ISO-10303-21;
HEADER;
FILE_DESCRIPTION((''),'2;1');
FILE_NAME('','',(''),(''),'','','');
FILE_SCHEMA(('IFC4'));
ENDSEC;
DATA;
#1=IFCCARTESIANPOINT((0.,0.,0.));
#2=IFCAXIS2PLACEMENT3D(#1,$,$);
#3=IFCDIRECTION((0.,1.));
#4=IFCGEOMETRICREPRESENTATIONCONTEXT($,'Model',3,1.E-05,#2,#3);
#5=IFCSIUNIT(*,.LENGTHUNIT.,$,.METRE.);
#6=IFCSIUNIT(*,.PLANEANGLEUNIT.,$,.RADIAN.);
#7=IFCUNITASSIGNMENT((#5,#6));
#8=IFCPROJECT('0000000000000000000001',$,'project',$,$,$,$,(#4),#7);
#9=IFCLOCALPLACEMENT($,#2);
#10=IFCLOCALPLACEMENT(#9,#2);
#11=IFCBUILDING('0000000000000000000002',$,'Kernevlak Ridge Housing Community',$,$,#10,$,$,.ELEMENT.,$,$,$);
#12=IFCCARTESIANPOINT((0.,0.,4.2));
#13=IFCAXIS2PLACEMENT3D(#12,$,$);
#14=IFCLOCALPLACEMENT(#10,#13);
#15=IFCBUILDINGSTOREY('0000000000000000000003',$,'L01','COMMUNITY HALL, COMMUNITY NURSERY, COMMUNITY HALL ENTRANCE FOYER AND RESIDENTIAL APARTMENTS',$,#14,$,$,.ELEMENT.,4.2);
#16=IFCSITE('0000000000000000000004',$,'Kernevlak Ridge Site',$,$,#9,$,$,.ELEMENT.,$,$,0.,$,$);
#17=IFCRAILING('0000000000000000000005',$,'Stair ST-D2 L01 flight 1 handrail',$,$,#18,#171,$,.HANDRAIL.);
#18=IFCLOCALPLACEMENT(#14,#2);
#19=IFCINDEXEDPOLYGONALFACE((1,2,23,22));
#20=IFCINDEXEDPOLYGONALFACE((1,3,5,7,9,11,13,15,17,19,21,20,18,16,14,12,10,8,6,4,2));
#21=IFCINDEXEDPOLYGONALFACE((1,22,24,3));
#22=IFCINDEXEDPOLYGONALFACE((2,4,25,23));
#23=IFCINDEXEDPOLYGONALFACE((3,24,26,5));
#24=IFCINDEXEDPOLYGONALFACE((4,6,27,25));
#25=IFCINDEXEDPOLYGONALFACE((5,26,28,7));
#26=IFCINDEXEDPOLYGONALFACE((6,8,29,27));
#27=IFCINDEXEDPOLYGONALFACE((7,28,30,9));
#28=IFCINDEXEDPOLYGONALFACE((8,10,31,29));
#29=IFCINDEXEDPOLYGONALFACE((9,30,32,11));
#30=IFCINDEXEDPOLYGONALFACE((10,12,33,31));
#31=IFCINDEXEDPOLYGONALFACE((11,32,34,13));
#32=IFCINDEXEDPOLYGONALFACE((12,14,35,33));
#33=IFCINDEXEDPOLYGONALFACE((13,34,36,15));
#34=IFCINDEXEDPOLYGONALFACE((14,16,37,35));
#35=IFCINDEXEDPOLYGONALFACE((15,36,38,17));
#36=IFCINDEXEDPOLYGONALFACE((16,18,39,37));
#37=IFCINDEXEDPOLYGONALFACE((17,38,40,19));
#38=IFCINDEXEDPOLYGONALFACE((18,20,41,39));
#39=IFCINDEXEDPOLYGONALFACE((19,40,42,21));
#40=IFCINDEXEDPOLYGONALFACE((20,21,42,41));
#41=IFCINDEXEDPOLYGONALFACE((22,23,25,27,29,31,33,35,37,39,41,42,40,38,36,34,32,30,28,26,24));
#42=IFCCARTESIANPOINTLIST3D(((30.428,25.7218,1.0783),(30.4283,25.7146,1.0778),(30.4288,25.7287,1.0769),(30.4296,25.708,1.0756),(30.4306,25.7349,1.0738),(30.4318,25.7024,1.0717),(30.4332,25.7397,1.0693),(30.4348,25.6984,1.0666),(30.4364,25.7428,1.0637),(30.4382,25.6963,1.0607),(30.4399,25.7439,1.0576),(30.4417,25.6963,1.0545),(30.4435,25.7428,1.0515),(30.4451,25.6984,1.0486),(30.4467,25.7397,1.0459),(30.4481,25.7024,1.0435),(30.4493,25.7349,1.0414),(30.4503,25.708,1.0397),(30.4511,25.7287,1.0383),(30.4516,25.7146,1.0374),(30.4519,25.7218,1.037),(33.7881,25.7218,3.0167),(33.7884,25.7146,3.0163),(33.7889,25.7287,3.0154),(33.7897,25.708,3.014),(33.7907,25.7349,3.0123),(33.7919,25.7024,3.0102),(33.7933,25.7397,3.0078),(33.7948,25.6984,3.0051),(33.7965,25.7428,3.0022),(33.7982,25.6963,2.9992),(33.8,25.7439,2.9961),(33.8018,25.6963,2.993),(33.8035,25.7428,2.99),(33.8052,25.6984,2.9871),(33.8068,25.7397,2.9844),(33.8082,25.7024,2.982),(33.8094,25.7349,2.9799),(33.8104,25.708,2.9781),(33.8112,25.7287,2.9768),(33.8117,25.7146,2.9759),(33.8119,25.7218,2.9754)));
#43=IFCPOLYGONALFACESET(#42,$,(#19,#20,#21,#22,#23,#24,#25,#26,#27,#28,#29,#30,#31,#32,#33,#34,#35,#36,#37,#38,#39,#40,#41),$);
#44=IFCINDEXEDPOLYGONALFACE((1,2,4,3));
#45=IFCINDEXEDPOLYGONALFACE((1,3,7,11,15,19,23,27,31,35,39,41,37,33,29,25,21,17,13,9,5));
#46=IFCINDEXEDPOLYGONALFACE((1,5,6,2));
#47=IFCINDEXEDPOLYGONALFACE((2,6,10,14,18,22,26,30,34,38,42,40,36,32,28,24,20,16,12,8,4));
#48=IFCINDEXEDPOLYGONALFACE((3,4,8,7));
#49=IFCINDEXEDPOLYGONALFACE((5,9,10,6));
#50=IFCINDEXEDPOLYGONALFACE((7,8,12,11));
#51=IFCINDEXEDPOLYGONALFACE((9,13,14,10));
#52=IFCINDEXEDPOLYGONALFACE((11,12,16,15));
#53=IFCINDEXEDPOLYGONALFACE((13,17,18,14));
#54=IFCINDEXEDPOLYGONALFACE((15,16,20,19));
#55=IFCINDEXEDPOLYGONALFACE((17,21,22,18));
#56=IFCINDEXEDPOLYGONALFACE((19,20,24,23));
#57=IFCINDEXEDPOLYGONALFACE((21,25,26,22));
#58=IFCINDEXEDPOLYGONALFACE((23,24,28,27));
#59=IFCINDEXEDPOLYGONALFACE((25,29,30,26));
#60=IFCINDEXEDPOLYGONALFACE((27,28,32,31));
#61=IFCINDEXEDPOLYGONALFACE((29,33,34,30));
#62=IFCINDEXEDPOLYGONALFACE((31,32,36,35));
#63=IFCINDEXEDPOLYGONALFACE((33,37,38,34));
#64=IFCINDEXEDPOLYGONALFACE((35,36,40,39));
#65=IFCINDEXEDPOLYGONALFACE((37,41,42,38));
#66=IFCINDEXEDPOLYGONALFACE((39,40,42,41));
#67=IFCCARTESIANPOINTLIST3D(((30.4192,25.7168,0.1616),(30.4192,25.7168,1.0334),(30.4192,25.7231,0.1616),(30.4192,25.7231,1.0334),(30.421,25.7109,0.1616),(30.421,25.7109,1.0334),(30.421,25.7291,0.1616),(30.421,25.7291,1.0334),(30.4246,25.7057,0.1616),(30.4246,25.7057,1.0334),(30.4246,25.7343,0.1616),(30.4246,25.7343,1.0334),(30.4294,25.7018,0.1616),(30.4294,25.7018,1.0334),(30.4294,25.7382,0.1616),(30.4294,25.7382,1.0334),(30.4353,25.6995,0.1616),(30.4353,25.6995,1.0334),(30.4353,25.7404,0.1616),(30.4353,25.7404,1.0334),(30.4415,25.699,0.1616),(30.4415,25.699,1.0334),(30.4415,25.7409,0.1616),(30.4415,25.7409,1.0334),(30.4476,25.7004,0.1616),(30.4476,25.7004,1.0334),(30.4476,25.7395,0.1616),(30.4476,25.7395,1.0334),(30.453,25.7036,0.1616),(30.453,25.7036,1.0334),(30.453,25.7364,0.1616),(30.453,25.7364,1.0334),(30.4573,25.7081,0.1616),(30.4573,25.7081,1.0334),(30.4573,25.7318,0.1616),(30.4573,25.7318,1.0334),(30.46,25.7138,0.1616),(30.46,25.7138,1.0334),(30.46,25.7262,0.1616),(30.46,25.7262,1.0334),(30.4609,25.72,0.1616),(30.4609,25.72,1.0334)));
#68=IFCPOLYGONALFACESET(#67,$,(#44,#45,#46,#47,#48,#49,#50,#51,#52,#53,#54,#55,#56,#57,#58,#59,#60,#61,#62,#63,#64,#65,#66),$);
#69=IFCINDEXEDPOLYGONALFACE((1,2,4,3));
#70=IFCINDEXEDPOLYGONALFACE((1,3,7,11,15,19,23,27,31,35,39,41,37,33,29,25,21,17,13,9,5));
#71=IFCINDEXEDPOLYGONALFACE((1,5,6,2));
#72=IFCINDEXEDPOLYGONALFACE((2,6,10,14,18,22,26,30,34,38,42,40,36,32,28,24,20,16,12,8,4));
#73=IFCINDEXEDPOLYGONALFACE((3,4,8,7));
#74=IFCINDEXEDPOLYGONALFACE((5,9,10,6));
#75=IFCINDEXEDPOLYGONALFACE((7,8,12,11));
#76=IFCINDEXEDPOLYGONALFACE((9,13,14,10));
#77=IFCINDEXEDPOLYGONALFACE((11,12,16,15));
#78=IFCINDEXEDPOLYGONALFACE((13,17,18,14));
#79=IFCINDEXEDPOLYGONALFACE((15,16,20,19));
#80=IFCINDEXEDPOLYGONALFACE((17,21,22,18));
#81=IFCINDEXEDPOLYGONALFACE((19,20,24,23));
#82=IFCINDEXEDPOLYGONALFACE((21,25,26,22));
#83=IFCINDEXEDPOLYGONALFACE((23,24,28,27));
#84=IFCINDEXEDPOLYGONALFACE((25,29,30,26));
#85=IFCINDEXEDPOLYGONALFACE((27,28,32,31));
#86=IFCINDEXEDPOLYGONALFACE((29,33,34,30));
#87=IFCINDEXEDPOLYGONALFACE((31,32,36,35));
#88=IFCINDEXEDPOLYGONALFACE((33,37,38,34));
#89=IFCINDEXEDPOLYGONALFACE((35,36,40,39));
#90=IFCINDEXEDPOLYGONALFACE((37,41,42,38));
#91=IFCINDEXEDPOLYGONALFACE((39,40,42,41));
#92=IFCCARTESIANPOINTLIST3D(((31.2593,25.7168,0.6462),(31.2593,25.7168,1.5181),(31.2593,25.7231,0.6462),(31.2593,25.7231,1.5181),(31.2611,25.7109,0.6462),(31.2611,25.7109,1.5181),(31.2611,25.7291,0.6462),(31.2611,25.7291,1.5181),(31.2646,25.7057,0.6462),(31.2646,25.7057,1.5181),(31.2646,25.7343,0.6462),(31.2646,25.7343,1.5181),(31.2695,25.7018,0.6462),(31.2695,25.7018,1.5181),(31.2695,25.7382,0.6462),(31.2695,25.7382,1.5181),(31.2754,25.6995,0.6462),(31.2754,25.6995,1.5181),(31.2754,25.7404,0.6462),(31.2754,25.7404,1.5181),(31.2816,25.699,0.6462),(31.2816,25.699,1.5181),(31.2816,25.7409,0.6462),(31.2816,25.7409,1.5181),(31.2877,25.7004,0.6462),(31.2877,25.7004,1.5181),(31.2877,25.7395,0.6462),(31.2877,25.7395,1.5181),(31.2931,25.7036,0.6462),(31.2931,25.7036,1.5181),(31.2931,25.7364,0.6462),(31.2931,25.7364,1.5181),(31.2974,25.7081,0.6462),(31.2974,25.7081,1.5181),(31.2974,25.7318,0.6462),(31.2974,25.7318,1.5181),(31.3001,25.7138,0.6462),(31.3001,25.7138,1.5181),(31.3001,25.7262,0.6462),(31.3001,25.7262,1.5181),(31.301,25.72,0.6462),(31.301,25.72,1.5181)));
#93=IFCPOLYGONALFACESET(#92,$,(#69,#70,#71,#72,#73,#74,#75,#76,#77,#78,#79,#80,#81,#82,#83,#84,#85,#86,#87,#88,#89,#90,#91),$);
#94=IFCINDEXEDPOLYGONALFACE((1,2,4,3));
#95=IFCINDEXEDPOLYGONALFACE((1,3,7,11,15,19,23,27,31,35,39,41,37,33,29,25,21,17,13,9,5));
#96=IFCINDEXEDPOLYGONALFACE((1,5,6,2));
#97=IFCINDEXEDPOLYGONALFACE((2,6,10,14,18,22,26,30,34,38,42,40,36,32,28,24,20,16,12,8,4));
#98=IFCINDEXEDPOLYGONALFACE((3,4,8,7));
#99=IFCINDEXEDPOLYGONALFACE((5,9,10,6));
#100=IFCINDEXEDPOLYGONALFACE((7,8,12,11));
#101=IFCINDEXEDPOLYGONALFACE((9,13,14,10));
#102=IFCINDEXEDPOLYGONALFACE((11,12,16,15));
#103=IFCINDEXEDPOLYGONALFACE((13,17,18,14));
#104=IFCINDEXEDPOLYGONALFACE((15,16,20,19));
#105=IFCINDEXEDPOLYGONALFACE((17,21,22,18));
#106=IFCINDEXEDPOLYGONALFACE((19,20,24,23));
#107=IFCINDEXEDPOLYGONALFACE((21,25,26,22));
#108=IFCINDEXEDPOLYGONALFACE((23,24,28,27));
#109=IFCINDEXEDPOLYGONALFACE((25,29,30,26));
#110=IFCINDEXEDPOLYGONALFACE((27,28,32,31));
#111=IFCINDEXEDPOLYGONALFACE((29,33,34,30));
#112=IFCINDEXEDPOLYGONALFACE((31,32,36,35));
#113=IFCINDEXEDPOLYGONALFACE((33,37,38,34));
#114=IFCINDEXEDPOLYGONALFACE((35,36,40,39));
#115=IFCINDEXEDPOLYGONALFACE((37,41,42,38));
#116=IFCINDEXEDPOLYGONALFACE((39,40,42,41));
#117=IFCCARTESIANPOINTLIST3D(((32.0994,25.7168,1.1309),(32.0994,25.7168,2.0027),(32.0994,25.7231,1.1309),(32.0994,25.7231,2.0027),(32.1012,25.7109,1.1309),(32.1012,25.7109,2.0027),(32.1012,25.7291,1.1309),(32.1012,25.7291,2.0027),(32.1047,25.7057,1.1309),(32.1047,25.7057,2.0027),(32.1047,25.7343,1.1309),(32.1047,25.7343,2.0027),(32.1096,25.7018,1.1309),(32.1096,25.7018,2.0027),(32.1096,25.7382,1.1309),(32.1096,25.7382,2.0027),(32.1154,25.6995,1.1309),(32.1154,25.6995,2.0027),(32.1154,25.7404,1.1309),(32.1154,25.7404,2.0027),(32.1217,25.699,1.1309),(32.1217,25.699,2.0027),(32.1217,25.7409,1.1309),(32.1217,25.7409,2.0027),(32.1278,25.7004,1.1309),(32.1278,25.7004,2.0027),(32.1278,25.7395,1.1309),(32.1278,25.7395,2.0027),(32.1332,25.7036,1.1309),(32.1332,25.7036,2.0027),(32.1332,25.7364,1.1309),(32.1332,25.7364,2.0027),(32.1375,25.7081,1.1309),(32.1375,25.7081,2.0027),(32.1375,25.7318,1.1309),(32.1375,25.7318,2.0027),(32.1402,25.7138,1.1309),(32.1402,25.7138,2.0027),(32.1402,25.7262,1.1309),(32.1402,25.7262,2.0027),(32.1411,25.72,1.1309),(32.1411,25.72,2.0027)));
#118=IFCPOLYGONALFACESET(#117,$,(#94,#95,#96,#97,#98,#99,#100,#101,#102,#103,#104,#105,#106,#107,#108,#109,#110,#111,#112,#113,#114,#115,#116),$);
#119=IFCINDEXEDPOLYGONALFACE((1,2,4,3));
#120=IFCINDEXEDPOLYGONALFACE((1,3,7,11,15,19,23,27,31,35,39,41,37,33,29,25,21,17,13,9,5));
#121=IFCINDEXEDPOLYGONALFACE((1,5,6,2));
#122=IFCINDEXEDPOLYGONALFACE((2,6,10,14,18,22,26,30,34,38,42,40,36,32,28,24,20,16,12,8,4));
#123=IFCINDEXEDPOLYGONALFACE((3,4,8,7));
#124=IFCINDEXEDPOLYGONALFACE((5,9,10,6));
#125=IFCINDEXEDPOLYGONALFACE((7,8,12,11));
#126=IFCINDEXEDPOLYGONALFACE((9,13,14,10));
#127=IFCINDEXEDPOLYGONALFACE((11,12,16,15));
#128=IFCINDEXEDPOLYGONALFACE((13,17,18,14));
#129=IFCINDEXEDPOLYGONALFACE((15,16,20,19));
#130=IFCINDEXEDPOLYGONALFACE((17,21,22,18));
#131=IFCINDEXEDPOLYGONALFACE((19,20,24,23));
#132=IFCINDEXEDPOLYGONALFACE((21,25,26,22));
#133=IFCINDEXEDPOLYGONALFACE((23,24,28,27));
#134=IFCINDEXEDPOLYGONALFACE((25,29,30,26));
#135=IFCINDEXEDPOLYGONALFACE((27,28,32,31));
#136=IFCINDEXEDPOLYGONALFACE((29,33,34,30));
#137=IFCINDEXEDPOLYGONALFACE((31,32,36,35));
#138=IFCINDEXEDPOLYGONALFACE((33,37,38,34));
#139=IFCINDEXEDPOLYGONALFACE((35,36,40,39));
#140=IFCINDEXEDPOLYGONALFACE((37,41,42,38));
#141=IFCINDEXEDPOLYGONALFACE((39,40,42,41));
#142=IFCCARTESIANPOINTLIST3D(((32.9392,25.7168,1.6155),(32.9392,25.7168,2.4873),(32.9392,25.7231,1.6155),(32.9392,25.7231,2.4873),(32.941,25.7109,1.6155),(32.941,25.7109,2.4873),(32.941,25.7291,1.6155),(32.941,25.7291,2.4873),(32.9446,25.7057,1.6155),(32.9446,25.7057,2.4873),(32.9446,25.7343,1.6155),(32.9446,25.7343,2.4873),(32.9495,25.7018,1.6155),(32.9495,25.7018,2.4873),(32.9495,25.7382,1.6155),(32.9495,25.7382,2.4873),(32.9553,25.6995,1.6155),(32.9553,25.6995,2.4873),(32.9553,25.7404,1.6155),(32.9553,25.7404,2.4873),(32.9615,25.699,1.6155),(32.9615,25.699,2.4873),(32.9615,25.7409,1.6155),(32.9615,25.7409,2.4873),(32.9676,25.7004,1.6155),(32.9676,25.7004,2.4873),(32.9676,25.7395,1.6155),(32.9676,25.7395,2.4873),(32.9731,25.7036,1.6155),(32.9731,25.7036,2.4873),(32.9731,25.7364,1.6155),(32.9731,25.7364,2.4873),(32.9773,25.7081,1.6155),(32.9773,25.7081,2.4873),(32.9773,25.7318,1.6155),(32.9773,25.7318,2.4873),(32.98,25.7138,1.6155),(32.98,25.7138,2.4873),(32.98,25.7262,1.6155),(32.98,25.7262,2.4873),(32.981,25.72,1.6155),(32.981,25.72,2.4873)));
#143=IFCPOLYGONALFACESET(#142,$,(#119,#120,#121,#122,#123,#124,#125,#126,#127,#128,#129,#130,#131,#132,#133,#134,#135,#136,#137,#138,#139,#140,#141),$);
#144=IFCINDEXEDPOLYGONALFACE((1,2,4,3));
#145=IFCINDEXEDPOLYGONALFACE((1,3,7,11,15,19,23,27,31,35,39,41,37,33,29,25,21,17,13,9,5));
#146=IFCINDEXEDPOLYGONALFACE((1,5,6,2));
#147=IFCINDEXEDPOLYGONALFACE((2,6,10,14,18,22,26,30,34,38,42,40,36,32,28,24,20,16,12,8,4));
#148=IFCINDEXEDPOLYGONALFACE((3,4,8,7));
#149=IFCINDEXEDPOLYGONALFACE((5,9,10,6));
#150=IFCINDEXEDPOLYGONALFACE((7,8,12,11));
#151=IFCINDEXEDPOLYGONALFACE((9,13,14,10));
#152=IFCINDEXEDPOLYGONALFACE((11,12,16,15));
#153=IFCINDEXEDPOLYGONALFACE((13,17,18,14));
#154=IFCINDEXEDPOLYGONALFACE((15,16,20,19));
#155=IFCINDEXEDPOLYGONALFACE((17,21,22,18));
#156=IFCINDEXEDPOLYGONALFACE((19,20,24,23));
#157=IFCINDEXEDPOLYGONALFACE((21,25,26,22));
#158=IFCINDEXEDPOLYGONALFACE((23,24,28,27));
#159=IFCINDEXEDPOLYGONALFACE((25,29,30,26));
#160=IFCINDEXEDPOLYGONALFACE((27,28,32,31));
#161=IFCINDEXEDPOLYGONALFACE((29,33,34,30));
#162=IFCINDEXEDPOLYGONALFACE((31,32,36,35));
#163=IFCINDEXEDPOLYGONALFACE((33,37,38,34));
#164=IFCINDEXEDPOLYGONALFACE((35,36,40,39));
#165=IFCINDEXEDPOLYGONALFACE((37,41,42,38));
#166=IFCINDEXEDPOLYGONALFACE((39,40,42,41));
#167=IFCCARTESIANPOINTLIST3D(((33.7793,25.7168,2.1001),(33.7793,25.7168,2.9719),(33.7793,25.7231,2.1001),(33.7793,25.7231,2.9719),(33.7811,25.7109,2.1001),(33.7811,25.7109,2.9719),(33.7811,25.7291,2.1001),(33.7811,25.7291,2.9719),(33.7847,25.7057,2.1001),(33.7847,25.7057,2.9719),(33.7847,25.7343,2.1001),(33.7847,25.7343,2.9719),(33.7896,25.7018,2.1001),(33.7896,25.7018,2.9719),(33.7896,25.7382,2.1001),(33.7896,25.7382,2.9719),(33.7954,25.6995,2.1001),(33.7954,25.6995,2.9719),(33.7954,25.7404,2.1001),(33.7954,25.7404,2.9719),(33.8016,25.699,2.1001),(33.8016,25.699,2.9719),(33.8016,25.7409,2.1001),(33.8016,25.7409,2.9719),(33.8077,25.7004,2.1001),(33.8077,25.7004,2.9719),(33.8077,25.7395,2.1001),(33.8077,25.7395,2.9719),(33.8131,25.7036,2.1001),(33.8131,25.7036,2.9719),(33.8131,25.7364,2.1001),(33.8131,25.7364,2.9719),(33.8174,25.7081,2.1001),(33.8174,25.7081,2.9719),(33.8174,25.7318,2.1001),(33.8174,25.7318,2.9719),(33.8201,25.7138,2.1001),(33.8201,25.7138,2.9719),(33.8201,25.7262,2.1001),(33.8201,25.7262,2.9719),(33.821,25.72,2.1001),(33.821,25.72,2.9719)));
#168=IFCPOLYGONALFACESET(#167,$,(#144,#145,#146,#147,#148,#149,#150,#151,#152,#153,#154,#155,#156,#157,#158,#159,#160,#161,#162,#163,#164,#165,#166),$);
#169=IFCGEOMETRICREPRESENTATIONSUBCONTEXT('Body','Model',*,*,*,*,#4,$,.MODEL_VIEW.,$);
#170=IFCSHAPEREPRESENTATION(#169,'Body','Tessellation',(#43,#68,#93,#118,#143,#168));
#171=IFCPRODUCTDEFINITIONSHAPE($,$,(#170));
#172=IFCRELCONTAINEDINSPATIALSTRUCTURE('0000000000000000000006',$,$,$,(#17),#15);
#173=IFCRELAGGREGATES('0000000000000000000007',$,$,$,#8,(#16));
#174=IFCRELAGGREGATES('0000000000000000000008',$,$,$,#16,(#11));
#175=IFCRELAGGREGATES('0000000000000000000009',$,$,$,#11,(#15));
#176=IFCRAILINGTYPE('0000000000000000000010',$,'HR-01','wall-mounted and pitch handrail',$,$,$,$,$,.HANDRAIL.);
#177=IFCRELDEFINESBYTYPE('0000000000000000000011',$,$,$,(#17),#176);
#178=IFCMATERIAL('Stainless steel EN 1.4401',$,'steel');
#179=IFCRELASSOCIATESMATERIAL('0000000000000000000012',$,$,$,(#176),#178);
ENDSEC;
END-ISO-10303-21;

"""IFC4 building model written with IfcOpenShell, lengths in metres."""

from ifc_helpers import new_model, si_unit, direction, frame, origin, origin_2d, place, context, subcontext, project, spatial, circle, extrude, material, type_object, element, save


model = new_model("IFC4")

# Units and contexts
model_context = context("Model", 3, precision=1e-05, world=origin(), true_north=direction((0.0, 1.0)))
body_context = subcontext(model_context, "Body", "Model", "MODEL_VIEW")
ifc_project = project(units=[si_unit("LENGTHUNIT", "METRE"), si_unit("PLANEANGLEUNIT", "RADIAN")], contexts=[model_context])

# Site, building, storey
site_placement = place(None, origin())
site = spatial("IfcSite", under=ifc_project, at=site_placement, Name="Kernevlak Ridge Site", CompositionType="ELEMENT", RefElevation=0.0)
building_placement = place(site_placement, origin())
building = spatial("IfcBuilding", under=site, at=building_placement, Name="Kernevlak Ridge Housing Community", CompositionType="ELEMENT")
storey_placement = place(building_placement, frame((0.0, 0.0, 4.2)))
storey = spatial("IfcBuildingStorey", under=building, at=storey_placement, Name="L01", Description="COMMUNITY HALL, COMMUNITY NURSERY, COMMUNITY HALL ENTRANCE FOYER AND RESIDENTIAL APARTMENTS", CompositionType="ELEMENT", Elevation=4.2)

# Railing
ifc_material_1 = material(Name="Stainless steel EN 1.4401", Category="steel")
railing_type_1 = type_object("IfcRailingType", Name="HR-01", Description="wall-mounted and pitch handrail", PredefinedType="HANDRAIL", material=ifc_material_1)
railing_1_placement = place(storey_placement, frame((30.4399, 25.72, 0.1616)))
element("IfcRailing", 1, at=railing_1_placement, inside=storey, type_object=railing_type_1, Name="Stair ST-D2 L01 flight 1 handrail", PredefinedType="HANDRAIL", context=body_context, shape_type="SweptSolid", body=[
    extrude(circle(Radius=0.0239, at=origin_2d()), frame((0.0, 0.0, 0.896), z_axis=(0.866191, 0.0, 0.499713), x_axis=(0.0, 1.0, 0.0)), (0.0, 0.0, 1.0), 3.8792),
    extrude(circle(Radius=0.021, at=origin_2d()), origin(), (0.0, 0.0, 1.0), 0.8718),
    extrude(circle(Radius=0.021, at=origin_2d()), frame((0.8401, 0.0, 0.4846)), (0.0, 0.0, 1.0), 0.8718),
    extrude(circle(Radius=0.021, at=origin_2d()), frame((1.6802, 0.0, 0.9692)), (0.0, 0.0, 1.0), 0.8718),
    extrude(circle(Radius=0.021, at=origin_2d()), frame((2.52, 0.0, 1.4539)), (0.0, 0.0, 1.0), 0.8718),
    extrude(circle(Radius=0.021, at=origin_2d()), frame((3.3601, 0.0, 1.9385)), (0.0, 0.0, 1.0), 0.8718),
])

save(model, "model.ifc")
